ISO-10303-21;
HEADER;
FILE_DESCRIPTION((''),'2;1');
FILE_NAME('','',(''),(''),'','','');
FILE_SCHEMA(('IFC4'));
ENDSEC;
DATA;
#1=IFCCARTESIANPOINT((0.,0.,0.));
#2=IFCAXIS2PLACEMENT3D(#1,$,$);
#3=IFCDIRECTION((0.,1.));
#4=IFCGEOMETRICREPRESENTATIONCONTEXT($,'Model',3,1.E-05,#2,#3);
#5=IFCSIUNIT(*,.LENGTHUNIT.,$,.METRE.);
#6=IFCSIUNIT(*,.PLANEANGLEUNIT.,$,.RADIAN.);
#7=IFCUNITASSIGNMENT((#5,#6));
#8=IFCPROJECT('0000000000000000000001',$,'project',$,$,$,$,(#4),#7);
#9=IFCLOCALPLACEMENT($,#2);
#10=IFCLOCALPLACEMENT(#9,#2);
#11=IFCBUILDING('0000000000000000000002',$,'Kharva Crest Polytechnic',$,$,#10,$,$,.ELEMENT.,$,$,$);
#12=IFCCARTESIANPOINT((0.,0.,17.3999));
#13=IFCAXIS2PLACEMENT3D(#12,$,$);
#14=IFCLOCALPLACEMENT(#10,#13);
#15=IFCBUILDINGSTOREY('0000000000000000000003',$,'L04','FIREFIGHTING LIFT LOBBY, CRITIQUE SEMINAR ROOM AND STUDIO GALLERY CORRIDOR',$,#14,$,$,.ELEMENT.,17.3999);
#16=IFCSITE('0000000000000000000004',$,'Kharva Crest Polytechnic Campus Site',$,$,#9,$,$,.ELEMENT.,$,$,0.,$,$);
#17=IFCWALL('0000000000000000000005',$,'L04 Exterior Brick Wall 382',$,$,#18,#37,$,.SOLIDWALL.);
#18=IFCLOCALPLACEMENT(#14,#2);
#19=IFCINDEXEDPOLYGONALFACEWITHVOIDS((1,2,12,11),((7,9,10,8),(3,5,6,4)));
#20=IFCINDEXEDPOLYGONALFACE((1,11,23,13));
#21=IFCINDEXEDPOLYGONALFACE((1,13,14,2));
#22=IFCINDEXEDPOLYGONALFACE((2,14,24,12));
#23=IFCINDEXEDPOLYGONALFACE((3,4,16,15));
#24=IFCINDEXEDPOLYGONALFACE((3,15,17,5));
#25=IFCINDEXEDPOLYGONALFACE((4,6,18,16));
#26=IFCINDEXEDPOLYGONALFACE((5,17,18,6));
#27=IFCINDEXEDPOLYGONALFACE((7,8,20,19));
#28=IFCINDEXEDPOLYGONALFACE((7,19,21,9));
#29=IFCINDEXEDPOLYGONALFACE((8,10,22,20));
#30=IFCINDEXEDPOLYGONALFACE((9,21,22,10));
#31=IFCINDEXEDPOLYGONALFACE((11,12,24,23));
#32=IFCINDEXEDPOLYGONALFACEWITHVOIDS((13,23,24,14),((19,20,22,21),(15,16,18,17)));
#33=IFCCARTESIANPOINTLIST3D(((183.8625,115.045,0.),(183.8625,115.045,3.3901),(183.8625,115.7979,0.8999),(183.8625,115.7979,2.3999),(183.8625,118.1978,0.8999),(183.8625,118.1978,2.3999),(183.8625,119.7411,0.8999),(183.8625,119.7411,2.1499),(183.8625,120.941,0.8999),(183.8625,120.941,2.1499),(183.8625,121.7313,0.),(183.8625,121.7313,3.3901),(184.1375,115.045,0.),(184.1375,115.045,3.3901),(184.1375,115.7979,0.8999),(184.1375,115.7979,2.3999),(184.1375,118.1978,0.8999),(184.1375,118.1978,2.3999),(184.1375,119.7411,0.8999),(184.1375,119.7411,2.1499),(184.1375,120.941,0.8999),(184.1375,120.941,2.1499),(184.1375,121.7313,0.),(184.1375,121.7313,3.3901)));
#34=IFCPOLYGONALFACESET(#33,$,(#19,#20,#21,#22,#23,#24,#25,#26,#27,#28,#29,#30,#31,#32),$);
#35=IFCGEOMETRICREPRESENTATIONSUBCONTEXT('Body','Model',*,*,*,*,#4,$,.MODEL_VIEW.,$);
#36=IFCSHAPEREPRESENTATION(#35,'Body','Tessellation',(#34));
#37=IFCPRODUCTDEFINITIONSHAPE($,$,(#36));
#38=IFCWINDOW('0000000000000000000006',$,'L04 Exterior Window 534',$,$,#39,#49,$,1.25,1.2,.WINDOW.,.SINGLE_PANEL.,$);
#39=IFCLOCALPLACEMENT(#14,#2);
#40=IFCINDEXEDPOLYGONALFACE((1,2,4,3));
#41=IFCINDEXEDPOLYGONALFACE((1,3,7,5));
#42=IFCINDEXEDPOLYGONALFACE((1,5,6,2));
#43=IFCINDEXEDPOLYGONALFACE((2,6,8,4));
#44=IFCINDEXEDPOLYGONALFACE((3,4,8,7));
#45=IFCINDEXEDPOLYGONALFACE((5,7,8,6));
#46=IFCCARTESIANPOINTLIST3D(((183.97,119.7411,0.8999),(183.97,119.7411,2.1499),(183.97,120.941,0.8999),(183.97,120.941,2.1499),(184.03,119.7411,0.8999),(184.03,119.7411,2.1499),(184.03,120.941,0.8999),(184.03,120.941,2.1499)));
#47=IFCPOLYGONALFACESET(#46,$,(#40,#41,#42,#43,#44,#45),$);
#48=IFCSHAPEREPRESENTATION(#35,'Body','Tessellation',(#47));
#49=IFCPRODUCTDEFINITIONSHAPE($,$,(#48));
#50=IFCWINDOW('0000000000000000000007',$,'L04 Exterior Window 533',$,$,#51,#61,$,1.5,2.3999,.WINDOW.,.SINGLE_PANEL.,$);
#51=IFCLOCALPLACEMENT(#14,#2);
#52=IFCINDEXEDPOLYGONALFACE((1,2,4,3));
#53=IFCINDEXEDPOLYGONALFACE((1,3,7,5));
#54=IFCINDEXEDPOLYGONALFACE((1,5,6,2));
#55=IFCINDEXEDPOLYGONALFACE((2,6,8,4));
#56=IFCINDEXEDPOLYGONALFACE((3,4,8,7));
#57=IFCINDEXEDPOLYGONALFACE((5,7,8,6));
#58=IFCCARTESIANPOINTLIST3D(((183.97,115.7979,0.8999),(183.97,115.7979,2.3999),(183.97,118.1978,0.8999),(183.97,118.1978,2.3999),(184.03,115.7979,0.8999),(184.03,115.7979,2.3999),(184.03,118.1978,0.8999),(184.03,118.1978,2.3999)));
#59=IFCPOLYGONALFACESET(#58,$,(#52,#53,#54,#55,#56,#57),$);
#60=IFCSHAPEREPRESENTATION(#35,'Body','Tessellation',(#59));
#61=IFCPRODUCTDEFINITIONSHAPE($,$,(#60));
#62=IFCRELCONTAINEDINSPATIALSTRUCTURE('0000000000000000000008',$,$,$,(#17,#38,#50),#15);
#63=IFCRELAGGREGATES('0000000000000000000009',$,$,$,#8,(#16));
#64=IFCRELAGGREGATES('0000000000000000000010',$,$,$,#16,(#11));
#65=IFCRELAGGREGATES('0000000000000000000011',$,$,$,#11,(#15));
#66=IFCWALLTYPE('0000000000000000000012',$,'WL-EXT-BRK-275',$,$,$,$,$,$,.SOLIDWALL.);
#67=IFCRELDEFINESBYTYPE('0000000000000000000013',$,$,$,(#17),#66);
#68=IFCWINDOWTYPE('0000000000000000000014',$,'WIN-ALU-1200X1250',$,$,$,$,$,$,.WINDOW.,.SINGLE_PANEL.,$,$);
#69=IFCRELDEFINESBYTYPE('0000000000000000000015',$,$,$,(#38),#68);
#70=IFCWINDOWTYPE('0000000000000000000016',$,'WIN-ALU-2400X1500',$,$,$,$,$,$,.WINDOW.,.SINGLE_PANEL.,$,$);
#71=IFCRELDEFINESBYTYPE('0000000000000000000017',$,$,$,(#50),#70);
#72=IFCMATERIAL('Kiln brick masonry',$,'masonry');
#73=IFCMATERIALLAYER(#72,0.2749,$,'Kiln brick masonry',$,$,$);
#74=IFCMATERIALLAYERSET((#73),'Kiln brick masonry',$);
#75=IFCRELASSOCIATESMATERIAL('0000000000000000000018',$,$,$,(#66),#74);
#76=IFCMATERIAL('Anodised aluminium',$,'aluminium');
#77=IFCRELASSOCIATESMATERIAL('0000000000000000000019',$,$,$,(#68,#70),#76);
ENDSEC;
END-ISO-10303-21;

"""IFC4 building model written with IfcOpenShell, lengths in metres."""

from ifc_helpers import new_model, si_unit, direction, frame, frame_2d, origin, place, context, subcontext, project, spatial, rectangle, extrude, material, layer, layer_set, type_object, element, fill, save


model = new_model("IFC4")

# Units and contexts
model_context = context("Model", 3, precision=1e-05, world=origin(), true_north=direction((0.0, 1.0)))
body_context = subcontext(model_context, "Body", "Model", "MODEL_VIEW")
ifc_project = project(units=[si_unit("LENGTHUNIT", "METRE"), si_unit("PLANEANGLEUNIT", "RADIAN")], contexts=[model_context])

# Site, building, storey
site_placement = place(None, origin())
site = spatial("IfcSite", under=ifc_project, at=site_placement, Name="Kharva Crest Polytechnic Campus Site", CompositionType="ELEMENT", RefElevation=0.0)
building_placement = place(site_placement, origin())
building = spatial("IfcBuilding", under=site, at=building_placement, Name="Kharva Crest Polytechnic", CompositionType="ELEMENT")
storey_placement = place(building_placement, frame((0.0, 0.0, 17.3999)))
storey = spatial("IfcBuildingStorey", under=building, at=storey_placement, Name="L04", Description="FIREFIGHTING LIFT LOBBY, CRITIQUE SEMINAR ROOM AND STUDIO GALLERY CORRIDOR", CompositionType="ELEMENT", Elevation=17.3999)

# Wall, openings, windows
ifc_material_1 = material(Name="Kiln brick masonry", Category="masonry")
ifc_material_2 = material(Name="Anodised aluminium", Category="aluminium")
ifc_layer_1 = layer(ifc_material_1, 0.2749, Name="Kiln brick masonry")
ifc_layer_set_1 = layer_set([ifc_layer_1], Name="Kiln brick masonry")
wall_type_1 = type_object("IfcWallType", Name="WL-EXT-BRK-275", PredefinedType="SOLIDWALL", material=ifc_layer_set_1)
wall_1_placement = place(storey_placement, frame((184.0, 115.0449, 0.0), z_axis=(0.0, 0.0, 1.0), x_axis=(0.0, 1.0, 0.0)))
wall_1 = element("IfcWall", 1, at=wall_1_placement, inside=storey, type_object=wall_type_1, Name="L04 Exterior Brick Wall 382", PredefinedType="SOLIDWALL", context=body_context, shape_type="SweptSolid", body=[
    extrude(rectangle(XDim=6.6863, YDim=0.2749, at=frame_2d((3.3433, 0.0))), origin(), (0.0, 0.0, 1.0), 3.3901),
])
opening_1_placement = place(wall_1_placement, frame((0.7529, 0.0, 0.8999)))
opening_1 = element("IfcOpeningElement", 2, at=opening_1_placement, cuts=wall_1, PredefinedType="OPENING", context=body_context, shape_type="SweptSolid", body=[
    extrude(rectangle(XDim=2.3999, YDim=1.5, at=frame_2d((1.2, 0.75))), frame((0.0, 0.1475, 0.0), z_axis=(0.0, -1.0, 0.0), x_axis=(1.0, 0.0, 0.0)), (0.0, 0.0, 1.0), 0.2949),
])
opening_2_placement = place(wall_1_placement, frame((4.696, 0.0, 0.8999)))
opening_2 = element("IfcOpeningElement", 3, at=opening_2_placement, cuts=wall_1, PredefinedType="OPENING", context=body_context, shape_type="SweptSolid", body=[
    extrude(rectangle(XDim=1.2, YDim=1.25, at=frame_2d((0.6001, 0.625))), frame((0.0, 0.1475, 0.0), z_axis=(0.0, -1.0, 0.0), x_axis=(1.0, 0.0, 0.0)), (0.0, 0.0, 1.0), 0.2949),
])
window_type_1 = type_object("IfcWindowType", Name="WIN-ALU-1200X1250", PartitioningType="SINGLE_PANEL", PredefinedType="WINDOW", material=ifc_material_2)
window_1_placement = place(opening_2_placement, origin())
window_1 = element("IfcWindow", 4, at=window_1_placement, inside=storey, type_object=window_type_1, Name="L04 Exterior Window 534", OverallHeight=1.25, OverallWidth=1.2, PartitioningType="SINGLE_PANEL", PredefinedType="WINDOW", context=body_context, shape_type="SweptSolid", body=[
    extrude(rectangle(XDim=1.2, YDim=1.25, at=frame_2d((0.6001, 0.625))), frame((0.0, 0.03, 0.0), z_axis=(0.0, -1.0, 0.0), x_axis=(1.0, 0.0, 0.0)), (0.0, 0.0, 1.0), 0.0601),
])
fill(opening_2, window_1)
window_type_2 = type_object("IfcWindowType", Name="WIN-ALU-2400X1500", PartitioningType="SINGLE_PANEL", PredefinedType="WINDOW", material=ifc_material_2)
window_2_placement = place(opening_1_placement, origin())
window_2 = element("IfcWindow", 5, at=window_2_placement, inside=storey, type_object=window_type_2, Name="L04 Exterior Window 533", OverallHeight=1.5, OverallWidth=2.3999, PartitioningType="SINGLE_PANEL", PredefinedType="WINDOW", context=body_context, shape_type="SweptSolid", body=[
    extrude(rectangle(XDim=2.3999, YDim=1.5, at=frame_2d((1.2, 0.75))), frame((0.0, 0.03, 0.0), z_axis=(0.0, -1.0, 0.0), x_axis=(1.0, 0.0, 0.0)), (0.0, 0.0, 1.0), 0.0601),
])
fill(opening_1, window_2)

save(model, "model.ifc")
